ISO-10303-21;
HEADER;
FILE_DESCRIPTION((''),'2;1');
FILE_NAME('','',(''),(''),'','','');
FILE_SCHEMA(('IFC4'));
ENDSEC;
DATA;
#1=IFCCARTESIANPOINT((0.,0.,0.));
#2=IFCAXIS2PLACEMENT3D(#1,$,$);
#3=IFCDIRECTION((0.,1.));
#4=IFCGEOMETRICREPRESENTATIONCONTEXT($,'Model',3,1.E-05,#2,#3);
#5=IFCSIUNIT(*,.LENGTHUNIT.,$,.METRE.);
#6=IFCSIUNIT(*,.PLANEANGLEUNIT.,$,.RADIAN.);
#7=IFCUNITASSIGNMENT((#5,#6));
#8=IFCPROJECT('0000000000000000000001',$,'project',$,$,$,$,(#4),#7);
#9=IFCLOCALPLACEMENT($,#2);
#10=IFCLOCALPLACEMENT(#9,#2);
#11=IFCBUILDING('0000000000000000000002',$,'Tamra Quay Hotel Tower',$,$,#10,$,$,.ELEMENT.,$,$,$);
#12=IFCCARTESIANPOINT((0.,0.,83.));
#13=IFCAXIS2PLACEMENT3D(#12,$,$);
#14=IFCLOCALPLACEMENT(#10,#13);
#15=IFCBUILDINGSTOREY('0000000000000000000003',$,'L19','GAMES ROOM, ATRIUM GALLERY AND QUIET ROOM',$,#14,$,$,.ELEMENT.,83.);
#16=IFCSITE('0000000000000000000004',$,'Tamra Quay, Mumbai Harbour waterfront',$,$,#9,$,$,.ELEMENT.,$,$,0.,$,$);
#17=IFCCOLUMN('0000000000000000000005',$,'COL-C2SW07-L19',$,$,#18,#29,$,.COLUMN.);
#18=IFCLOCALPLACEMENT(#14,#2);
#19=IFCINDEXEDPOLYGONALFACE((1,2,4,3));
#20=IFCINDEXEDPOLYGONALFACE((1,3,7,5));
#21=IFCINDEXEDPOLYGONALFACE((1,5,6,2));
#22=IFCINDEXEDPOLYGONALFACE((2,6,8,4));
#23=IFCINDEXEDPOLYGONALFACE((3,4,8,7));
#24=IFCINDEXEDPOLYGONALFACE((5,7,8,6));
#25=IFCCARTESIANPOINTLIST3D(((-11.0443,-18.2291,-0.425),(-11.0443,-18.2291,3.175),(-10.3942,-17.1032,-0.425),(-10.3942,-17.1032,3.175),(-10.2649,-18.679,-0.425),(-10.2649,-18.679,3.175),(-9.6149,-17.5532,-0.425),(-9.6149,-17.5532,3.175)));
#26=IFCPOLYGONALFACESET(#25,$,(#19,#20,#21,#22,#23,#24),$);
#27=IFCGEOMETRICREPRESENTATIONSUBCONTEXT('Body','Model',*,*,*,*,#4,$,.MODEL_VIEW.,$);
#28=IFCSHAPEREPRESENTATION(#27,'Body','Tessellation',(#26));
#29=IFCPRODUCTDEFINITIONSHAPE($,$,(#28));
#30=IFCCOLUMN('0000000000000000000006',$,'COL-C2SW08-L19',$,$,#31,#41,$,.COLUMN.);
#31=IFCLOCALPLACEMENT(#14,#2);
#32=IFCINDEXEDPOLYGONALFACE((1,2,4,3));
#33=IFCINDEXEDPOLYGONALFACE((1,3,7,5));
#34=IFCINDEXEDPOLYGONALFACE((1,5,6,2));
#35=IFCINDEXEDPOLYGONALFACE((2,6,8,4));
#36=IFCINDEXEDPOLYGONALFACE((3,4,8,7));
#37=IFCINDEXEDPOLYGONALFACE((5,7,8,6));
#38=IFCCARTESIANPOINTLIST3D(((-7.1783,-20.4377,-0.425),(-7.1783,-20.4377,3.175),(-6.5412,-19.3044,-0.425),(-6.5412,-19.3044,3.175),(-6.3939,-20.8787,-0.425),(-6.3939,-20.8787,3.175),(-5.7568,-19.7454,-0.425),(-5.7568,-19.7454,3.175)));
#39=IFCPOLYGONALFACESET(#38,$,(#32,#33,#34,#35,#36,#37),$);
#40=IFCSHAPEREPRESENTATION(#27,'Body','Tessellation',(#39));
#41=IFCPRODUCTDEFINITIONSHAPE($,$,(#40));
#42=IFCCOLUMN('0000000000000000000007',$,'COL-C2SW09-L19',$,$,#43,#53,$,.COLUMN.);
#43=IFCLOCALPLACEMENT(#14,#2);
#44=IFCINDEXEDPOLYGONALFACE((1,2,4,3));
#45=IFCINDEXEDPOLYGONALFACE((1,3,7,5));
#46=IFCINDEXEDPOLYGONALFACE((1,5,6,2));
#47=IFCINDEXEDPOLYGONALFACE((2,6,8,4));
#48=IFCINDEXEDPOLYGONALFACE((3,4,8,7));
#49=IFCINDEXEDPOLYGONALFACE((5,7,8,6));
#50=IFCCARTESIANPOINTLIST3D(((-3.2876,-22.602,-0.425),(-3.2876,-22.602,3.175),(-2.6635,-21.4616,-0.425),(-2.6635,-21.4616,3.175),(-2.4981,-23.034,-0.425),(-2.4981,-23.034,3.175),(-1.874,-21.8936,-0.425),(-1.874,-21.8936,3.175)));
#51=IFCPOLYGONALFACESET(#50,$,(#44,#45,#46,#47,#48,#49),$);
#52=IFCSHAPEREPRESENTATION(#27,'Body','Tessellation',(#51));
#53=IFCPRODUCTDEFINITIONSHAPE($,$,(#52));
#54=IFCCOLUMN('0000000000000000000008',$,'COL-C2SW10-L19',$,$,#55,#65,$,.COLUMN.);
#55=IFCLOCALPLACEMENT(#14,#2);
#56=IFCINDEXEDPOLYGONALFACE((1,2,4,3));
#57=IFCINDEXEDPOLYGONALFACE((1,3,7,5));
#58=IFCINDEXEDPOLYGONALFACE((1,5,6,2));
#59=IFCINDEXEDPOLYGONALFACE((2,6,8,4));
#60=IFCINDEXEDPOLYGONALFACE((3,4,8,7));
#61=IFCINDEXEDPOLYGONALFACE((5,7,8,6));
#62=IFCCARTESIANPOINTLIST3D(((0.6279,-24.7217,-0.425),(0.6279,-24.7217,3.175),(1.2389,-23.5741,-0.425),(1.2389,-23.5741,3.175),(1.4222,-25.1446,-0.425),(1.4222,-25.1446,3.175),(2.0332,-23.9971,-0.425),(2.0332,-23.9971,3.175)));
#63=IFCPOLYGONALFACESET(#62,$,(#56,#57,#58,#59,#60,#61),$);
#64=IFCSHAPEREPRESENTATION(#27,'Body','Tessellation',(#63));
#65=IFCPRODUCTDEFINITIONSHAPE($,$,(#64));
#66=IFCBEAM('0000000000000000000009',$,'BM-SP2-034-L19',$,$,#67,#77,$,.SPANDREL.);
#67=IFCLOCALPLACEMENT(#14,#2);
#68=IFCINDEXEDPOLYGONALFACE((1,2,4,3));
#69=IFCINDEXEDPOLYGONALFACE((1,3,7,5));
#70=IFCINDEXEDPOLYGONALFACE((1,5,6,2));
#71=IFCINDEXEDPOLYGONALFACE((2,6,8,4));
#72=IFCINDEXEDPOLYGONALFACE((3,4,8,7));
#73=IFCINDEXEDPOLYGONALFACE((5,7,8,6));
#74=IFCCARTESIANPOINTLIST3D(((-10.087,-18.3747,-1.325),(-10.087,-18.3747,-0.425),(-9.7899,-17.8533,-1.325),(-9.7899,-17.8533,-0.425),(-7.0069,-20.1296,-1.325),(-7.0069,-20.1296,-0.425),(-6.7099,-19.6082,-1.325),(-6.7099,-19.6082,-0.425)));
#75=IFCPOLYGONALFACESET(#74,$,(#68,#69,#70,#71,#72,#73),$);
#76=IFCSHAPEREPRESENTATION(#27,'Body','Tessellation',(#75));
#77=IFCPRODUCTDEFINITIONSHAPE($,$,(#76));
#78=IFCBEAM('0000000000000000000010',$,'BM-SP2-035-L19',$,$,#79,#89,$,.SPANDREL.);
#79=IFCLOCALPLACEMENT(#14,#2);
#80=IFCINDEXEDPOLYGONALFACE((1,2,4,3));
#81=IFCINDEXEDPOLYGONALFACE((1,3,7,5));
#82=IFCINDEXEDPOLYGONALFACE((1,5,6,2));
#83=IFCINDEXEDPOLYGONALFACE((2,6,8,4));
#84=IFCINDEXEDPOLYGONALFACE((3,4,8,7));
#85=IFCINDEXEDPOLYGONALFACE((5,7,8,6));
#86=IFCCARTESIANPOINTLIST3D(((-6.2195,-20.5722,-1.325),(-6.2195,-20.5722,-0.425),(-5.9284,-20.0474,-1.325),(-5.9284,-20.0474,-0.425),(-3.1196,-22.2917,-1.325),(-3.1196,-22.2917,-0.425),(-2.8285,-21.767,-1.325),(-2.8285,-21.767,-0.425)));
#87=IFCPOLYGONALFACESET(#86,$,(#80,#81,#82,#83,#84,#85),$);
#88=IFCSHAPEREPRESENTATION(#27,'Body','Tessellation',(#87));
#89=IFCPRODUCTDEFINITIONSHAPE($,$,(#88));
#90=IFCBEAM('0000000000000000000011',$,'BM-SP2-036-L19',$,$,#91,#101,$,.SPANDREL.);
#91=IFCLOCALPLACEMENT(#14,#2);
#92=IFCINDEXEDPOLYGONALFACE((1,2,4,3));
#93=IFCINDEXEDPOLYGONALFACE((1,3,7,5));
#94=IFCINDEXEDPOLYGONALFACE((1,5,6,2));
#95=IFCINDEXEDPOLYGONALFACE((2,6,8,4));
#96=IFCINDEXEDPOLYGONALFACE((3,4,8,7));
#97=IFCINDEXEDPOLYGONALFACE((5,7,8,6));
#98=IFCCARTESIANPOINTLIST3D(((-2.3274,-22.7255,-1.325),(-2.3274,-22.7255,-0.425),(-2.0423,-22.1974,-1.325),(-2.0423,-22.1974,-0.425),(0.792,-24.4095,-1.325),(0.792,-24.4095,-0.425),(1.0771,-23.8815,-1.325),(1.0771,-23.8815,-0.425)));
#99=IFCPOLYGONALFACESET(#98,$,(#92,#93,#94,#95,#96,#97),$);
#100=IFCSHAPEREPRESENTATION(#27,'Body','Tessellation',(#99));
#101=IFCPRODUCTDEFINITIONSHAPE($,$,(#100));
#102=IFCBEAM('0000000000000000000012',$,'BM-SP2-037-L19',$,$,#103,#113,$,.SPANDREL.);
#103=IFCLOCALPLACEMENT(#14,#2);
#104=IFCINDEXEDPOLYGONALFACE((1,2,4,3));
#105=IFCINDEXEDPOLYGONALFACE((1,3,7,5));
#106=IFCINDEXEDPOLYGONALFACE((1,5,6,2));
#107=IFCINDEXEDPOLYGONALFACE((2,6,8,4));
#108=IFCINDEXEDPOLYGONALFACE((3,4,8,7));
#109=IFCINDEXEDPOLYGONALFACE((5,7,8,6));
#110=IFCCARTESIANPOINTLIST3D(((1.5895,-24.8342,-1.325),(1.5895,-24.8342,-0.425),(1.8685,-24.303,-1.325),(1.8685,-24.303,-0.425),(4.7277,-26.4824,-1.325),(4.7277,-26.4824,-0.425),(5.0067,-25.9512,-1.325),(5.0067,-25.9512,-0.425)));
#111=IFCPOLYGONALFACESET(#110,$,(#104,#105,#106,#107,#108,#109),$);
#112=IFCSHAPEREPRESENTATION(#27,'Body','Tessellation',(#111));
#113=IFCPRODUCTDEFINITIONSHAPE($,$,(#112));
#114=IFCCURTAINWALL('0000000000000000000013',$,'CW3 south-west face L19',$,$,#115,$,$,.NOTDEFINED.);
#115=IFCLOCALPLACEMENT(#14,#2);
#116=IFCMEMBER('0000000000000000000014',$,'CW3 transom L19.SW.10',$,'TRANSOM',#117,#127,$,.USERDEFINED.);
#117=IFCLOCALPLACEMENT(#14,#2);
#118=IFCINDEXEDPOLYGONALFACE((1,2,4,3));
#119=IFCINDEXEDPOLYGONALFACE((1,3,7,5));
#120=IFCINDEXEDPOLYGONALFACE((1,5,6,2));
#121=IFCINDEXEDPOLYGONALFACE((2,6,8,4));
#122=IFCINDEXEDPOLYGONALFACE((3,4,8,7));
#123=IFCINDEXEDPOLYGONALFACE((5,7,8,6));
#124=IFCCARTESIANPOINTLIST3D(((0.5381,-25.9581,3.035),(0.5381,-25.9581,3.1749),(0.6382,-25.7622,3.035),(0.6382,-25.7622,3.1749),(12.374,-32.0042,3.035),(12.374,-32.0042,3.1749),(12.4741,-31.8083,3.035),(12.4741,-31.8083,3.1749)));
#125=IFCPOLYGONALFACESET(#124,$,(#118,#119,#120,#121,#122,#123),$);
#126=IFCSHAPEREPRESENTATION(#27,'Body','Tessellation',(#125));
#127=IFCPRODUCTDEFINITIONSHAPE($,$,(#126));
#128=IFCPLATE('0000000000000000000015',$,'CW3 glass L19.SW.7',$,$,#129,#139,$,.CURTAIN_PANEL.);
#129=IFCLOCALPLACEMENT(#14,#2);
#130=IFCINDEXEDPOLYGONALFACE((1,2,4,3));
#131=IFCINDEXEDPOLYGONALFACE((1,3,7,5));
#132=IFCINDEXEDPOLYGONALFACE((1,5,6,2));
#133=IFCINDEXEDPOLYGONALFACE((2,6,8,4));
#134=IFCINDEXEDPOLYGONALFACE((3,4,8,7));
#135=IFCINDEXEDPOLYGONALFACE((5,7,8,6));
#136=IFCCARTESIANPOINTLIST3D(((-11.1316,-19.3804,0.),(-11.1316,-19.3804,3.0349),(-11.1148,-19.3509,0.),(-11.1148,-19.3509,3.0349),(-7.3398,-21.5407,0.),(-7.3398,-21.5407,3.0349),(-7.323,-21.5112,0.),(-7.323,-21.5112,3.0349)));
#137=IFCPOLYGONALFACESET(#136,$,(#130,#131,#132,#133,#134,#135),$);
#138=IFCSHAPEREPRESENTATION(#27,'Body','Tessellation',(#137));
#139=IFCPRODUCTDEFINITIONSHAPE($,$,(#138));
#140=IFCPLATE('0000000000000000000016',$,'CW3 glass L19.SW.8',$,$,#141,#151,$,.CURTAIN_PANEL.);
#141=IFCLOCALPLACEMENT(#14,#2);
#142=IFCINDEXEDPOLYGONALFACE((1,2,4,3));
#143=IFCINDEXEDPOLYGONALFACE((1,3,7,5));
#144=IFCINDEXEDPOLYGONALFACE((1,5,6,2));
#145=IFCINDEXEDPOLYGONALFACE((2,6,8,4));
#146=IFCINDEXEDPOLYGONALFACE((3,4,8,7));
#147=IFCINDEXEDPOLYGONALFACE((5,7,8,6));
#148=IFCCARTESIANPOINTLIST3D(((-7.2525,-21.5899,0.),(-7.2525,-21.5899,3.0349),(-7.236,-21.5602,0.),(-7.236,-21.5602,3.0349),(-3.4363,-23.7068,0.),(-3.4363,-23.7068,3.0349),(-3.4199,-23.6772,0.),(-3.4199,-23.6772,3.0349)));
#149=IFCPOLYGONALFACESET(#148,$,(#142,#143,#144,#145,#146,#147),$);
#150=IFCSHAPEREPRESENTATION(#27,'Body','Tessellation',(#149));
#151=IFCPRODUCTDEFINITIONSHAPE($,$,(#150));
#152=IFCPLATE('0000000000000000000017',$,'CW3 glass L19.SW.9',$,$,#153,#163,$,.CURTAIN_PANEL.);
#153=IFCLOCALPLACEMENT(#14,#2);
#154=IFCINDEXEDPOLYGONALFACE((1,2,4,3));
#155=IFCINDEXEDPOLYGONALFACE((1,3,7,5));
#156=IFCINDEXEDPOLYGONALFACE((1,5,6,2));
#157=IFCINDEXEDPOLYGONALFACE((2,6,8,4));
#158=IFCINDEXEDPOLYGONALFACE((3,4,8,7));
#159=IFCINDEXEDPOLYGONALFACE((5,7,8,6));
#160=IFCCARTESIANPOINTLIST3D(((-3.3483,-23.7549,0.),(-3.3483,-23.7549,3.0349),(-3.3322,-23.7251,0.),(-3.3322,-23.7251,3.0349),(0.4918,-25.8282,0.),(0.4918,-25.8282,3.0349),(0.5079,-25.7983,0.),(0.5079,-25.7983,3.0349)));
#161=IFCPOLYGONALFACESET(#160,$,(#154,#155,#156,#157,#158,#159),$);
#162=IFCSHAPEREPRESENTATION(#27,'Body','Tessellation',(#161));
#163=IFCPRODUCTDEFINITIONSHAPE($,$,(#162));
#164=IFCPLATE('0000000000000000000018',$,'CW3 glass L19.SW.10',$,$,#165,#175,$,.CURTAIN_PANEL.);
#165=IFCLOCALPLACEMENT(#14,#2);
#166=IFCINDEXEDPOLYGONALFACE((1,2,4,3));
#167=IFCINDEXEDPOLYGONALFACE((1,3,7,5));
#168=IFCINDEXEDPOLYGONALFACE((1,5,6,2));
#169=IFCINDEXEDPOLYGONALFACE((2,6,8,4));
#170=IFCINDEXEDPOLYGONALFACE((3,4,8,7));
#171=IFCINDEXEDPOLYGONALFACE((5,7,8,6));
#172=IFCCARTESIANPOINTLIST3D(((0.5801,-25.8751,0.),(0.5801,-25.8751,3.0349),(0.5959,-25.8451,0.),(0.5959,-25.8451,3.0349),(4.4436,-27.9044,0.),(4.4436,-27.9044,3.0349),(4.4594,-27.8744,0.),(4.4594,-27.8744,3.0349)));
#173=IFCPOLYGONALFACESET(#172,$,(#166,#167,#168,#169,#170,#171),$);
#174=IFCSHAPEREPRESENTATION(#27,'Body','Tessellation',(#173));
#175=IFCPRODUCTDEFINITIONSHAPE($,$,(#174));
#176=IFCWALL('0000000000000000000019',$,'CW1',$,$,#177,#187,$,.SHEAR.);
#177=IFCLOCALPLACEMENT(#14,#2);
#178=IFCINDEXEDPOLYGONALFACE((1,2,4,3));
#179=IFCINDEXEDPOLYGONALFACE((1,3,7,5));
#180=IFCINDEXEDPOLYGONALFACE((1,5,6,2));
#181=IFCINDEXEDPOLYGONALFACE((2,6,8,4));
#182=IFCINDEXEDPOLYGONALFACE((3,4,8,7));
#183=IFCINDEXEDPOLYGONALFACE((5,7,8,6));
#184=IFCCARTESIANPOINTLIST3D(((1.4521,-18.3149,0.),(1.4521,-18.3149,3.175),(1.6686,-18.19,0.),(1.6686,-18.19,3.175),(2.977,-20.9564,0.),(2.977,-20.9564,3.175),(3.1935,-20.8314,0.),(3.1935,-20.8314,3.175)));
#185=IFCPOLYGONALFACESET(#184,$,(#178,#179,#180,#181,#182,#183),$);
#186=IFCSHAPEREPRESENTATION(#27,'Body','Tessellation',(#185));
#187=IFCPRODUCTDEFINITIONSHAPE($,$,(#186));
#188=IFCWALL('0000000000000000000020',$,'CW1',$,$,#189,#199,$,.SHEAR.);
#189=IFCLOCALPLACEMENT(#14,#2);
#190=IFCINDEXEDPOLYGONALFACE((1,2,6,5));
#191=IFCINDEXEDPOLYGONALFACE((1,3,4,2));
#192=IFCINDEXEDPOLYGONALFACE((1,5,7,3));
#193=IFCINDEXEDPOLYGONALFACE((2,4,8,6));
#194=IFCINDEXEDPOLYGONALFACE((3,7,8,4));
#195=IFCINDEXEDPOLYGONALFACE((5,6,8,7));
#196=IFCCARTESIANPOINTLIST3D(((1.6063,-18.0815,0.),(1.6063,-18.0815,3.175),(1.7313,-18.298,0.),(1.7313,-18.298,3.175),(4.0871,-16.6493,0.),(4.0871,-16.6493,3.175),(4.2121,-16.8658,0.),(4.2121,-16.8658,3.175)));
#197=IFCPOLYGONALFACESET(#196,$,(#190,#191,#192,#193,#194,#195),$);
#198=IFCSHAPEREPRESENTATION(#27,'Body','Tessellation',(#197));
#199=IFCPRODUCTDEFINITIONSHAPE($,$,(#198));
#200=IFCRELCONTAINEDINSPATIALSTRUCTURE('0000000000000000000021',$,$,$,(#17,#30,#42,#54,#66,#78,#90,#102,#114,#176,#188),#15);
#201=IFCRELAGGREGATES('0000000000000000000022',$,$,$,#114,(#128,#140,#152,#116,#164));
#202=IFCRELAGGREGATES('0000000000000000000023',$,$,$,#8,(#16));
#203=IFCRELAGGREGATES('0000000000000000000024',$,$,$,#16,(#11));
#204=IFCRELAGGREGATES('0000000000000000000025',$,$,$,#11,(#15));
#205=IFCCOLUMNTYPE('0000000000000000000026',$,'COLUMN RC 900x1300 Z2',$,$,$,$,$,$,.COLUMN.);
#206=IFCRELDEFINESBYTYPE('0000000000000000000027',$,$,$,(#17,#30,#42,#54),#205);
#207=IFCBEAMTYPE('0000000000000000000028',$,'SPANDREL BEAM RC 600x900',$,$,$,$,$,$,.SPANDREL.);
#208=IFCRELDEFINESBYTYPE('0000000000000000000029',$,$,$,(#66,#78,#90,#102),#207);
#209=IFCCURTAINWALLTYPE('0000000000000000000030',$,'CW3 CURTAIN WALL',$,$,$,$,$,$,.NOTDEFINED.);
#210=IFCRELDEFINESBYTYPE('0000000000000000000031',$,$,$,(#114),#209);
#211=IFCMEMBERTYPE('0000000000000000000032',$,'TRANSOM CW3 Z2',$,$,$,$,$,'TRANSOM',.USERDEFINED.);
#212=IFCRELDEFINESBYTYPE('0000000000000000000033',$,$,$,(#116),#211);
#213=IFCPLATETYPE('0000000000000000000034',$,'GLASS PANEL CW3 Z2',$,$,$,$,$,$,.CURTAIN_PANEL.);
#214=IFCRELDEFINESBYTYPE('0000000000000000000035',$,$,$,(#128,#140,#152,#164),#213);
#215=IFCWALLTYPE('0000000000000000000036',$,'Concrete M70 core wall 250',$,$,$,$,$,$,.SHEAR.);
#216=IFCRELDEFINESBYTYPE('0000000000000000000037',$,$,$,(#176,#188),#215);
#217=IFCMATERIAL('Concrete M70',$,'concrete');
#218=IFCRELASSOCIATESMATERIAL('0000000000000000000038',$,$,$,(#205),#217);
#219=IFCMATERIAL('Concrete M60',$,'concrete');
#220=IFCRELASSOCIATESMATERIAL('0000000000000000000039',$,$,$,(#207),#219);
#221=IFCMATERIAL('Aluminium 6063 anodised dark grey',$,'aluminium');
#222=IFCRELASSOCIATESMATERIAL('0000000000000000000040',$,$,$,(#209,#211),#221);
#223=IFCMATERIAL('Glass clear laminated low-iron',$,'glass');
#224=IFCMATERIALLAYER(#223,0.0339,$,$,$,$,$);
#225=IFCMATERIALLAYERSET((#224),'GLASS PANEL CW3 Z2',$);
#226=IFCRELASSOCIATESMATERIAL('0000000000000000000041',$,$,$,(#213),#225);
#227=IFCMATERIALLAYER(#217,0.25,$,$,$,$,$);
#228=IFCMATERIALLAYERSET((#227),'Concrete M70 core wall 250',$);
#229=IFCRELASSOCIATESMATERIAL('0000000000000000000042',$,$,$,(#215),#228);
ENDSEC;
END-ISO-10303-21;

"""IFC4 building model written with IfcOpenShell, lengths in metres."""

from ifc_helpers import new_model, si_unit, direction, frame, frame_2d, origin, origin_2d, place, context, subcontext, project, spatial, rectangle, extrude, material, layer, layer_set, material_profile, profile_set, type_object, element, aggregate, save


model = new_model("IFC4")

# Units and contexts
model_context = context("Model", 3, precision=1e-05, world=origin(), true_north=direction((0.0, 1.0)))
body_context = subcontext(model_context, "Body", "Model", "MODEL_VIEW")
ifc_project = project(units=[si_unit("LENGTHUNIT", "METRE"), si_unit("PLANEANGLEUNIT", "RADIAN")], contexts=[model_context])

# Site, building, storey
site_placement = place(None, origin())
site = spatial("IfcSite", under=ifc_project, at=site_placement, Name="Tamra Quay, Mumbai Harbour waterfront", CompositionType="ELEMENT", RefElevation=0.0)
building_placement = place(site_placement, origin())
building = spatial("IfcBuilding", under=site, at=building_placement, Name="Tamra Quay Hotel Tower", CompositionType="ELEMENT")
storey_placement = place(building_placement, frame((0.0, 0.0, 83.0)))
storey = spatial("IfcBuildingStorey", under=building, at=storey_placement, Name="L19", Description="GAMES ROOM, ATRIUM GALLERY AND QUIET ROOM", CompositionType="ELEMENT", Elevation=83.0)

# Columns
ifc_material_1 = material(Name="Concrete M70", Category="concrete")
ifc_material_profile_1 = material_profile(ifc_material_1, rectangle(XDim=1.3, YDim=0.8999, at=origin_2d()), Name="COLUMN RC 900x1300 Z2")
ifc_profile_set_1 = profile_set([ifc_material_profile_1], Name="Concrete M70")
column_type = type_object("IfcColumnType", Name="COLUMN RC 900x1300 Z2", PredefinedType="COLUMN", material=ifc_profile_set_1)
for number, where, z_axis, x_axis, name in (
    (1, (-10.3296, -17.8911, -0.425), (0.0, 0.0, 1.0), (0.5, 0.866025, 0.0), "COL-C2SW07-L19"),
    (2, (-6.4675, -20.0916, -0.425), (0.0, 0.0, 1.0), (0.490061, 0.871688, 0.0), "COL-C2SW08-L19"),
    (3, (-2.5808, -22.2478, -0.425), (0.0, 0.0, 1.0), (0.48006, 0.877236, 0.0), "COL-C2SW09-L19"),
    (4, (1.3306, -24.3594, -0.425), (0.0, 0.0, 1.0), (0.470002, 0.882666, 0.0), "COL-C2SW10-L19"),
):
    element("IfcColumn", number, at=place(storey_placement, frame(where, z_axis=z_axis, x_axis=x_axis)), inside=storey, type_object=column_type, Name=name, PredefinedType="COLUMN", context=body_context, shape_type="SweptSolid", body=[
        extrude(rectangle(XDim=1.3, YDim=0.8999, at=origin_2d()), origin(), (0.0, 0.0, 1.0), 3.6001),
    ])

# Beams
ifc_material_2 = material(Name="Concrete M60", Category="concrete")
ifc_material_profile_2 = material_profile(ifc_material_2, rectangle(XDim=0.6001, YDim=0.8999, at=origin_2d()), Name="SPANDREL BEAM RC 600x900")
ifc_profile_set_2 = profile_set([ifc_material_profile_2], Name="Concrete M60")
beam_type = type_object("IfcBeamType", Name="SPANDREL BEAM RC 600x900", PredefinedType="SPANDREL", material=ifc_profile_set_2)
for number, where, z_axis, x_axis, name in (
    (5, (-9.9385, -18.114, -0.875), (0.86887, -0.495041, 0.0), (0.495041, 0.86887, 0.0), "BM-SP2-034-L19"),
    (6, (-6.074, -20.3098, -0.875), (0.874475, -0.48507, 0.0), (0.48507, 0.874475, 0.0), "BM-SP2-035-L19"),
    (7, (-2.1848, -22.4614, -0.875), (0.879951, -0.475065, 0.0), (0.475065, 0.879951, 0.0), "BM-SP2-036-L19"),
):
    element("IfcBeam", number, at=place(storey_placement, frame(where, z_axis=z_axis, x_axis=x_axis)), inside=storey, type_object=beam_type, Name=name, PredefinedType="SPANDREL", context=body_context, shape_type="SweptSolid", body=[
        extrude(rectangle(XDim=0.6001, YDim=0.8999, at=origin_2d()), origin(), (0.0, 0.0, 1.0), 3.5449),
    ])
beam_placement = place(storey_placement, frame((1.729, -24.5686, -0.875), z_axis=(0.885323, -0.464977, 0.0), x_axis=(0.464977, 0.885323, 0.0)))
element("IfcBeam", 8, at=beam_placement, inside=storey, type_object=beam_type, Name="BM-SP2-037-L19", PredefinedType="SPANDREL", context=body_context, shape_type="SweptSolid", body=[
    extrude(rectangle(XDim=0.6001, YDim=0.8999, at=origin_2d()), origin(), (0.0, 0.0, 1.0), 3.5447),
])

# Curtain wall, member, plates
ifc_material_3 = material(Name="Aluminium 6063 anodised dark grey", Category="aluminium")
curtain_wall_type = type_object("IfcCurtainWallType", Name="CW3 CURTAIN WALL", PredefinedType="NOTDEFINED", material=ifc_material_3)
curtain_wall_placement = place(storey_placement, origin())
curtain_wall = element("IfcCurtainWall", 9, at=curtain_wall_placement, inside=storey, type_object=curtain_wall_type, Name="CW3 south-west face L19", PredefinedType="NOTDEFINED")
ifc_material_profile_3 = material_profile(ifc_material_3, rectangle(XDim=0.22, YDim=0.1399, at=origin_2d()), Name="TRANSOM 220X140")
ifc_profile_set_3 = profile_set([ifc_material_profile_3], Name="Aluminium 6063 anodised dark grey")
member_type = type_object("IfcMemberType", Name="TRANSOM CW3 Z2", ElementType="TRANSOM", PredefinedType="USERDEFINED", material=ifc_profile_set_3)
member_placement = place(storey_placement, frame((0.5881, -25.8601, 3.105), z_axis=(0.890536, -0.454912, 0.0), x_axis=(0.454912, 0.890536, 0.0)))
member = element("IfcMember", 10, at=member_placement, type_object=member_type, Name="CW3 transom L19.SW.10", ObjectType="TRANSOM", PredefinedType="USERDEFINED", context=body_context, shape_type="SweptSolid", body=[
    extrude(rectangle(XDim=0.22, YDim=0.1399, at=origin_2d()), origin(), (0.0, 0.0, 1.0), 13.2908),
])
ifc_material_4 = material(Name="Glass clear laminated low-iron", Category="glass")
ifc_layer_1 = layer(ifc_material_4, 0.0339)
ifc_layer_set_1 = layer_set([ifc_layer_1], Name="GLASS PANEL CW3 Z2")
plate_type = type_object("IfcPlateType", Name="GLASS PANEL CW3 Z2", PredefinedType="CURTAIN_PANEL", material=ifc_layer_set_1)
plate_1_placement = place(storey_placement, frame((-9.2273, -20.4458, 0.0), z_axis=(0.0, 0.0, 1.0), x_axis=(0.868868, -0.495045, 0.0)))
plate_1 = element("IfcPlate", 11, at=plate_1_placement, type_object=plate_type, Name="CW3 glass L19.SW.7", PredefinedType="CURTAIN_PANEL", context=body_context, shape_type="SweptSolid", body=[
    extrude(rectangle(XDim=4.364, YDim=0.0339, at=origin_2d()), origin(), (0.0, 0.0, 1.0), 3.0349),
])
plate_2_placement = place(storey_placement, frame((-5.3362, -22.6335, 0.0), z_axis=(0.0, 0.0, 1.0), x_axis=(0.874465, -0.485088, 0.0)))
plate_2 = element("IfcPlate", 12, at=plate_2_placement, type_object=plate_type, Name="CW3 glass L19.SW.8", PredefinedType="CURTAIN_PANEL", context=body_context, shape_type="SweptSolid", body=[
    extrude(rectangle(XDim=4.364, YDim=0.0339, at=origin_2d()), origin(), (0.0, 0.0, 1.0), 3.0349),
])
plate_3_placement = place(storey_placement, frame((-1.4202, -24.7766, 0.0), z_axis=(0.0, 0.0, 1.0), x_axis=(0.879946, -0.475074, 0.0)))
plate_3 = element("IfcPlate", 13, at=plate_3_placement, type_object=plate_type, Name="CW3 glass L19.SW.9", PredefinedType="CURTAIN_PANEL", context=body_context, shape_type="SweptSolid", body=[
    extrude(rectangle(XDim=4.364, YDim=0.0339, at=origin_2d()), origin(), (0.0, 0.0, 1.0), 3.0349),
])
plate_4_placement = place(storey_placement, frame((2.5198, -26.8748, 0.0), z_axis=(0.0, 0.0, 1.0), x_axis=(0.885306, -0.465009, 0.0)))
plate_4 = element("IfcPlate", 14, at=plate_4_placement, type_object=plate_type, Name="CW3 glass L19.SW.10", PredefinedType="CURTAIN_PANEL", context=body_context, shape_type="SweptSolid", body=[
    extrude(rectangle(XDim=4.364, YDim=0.0339, at=origin_2d()), origin(), (0.0, 0.0, 1.0), 3.0349),
])
aggregate(curtain_wall, [plate_1, plate_2, plate_3, member, plate_4])

# Walls
ifc_layer_2 = layer(ifc_material_1, 0.25)
ifc_layer_set_2 = layer_set([ifc_layer_2], Name="Concrete M70 core wall 250")
wall_type_1 = type_object("IfcWallType", Name="Concrete M70 core wall 250", PredefinedType="SHEAR", material=ifc_layer_set_2)
wall_1_placement = place(storey_placement, frame((3.0852, -20.8938, 0.0), z_axis=(0.0, 0.0, 1.0), x_axis=(-0.499979, 0.866038, 0.0)))
element("IfcWall", 15, at=wall_1_placement, inside=storey, type_object=wall_type_1, Name="CW1", PredefinedType="SHEAR", context=body_context, shape_type="SweptSolid", body=[
    extrude(rectangle(XDim=3.05, YDim=0.25, at=frame_2d((1.5249, 0.0))), origin(), (0.0, 0.0, 1.0), 3.175),
])
wall_2_placement = place(storey_placement, frame((1.6689, -18.1897, 0.0), z_axis=(0.0, 0.0, 1.0), x_axis=(0.866042, 0.499971, 0.0)))
element("IfcWall", 16, at=wall_2_placement, inside=storey, type_object=wall_type_1, Name="CW1", PredefinedType="SHEAR", context=body_context, shape_type="SweptSolid", body=[
    extrude(rectangle(XDim=2.8645, YDim=0.25, at=frame_2d((1.4321, 0.0))), origin(), (0.0, 0.0, 1.0), 3.175),
])

save(model, "model.ifc")
